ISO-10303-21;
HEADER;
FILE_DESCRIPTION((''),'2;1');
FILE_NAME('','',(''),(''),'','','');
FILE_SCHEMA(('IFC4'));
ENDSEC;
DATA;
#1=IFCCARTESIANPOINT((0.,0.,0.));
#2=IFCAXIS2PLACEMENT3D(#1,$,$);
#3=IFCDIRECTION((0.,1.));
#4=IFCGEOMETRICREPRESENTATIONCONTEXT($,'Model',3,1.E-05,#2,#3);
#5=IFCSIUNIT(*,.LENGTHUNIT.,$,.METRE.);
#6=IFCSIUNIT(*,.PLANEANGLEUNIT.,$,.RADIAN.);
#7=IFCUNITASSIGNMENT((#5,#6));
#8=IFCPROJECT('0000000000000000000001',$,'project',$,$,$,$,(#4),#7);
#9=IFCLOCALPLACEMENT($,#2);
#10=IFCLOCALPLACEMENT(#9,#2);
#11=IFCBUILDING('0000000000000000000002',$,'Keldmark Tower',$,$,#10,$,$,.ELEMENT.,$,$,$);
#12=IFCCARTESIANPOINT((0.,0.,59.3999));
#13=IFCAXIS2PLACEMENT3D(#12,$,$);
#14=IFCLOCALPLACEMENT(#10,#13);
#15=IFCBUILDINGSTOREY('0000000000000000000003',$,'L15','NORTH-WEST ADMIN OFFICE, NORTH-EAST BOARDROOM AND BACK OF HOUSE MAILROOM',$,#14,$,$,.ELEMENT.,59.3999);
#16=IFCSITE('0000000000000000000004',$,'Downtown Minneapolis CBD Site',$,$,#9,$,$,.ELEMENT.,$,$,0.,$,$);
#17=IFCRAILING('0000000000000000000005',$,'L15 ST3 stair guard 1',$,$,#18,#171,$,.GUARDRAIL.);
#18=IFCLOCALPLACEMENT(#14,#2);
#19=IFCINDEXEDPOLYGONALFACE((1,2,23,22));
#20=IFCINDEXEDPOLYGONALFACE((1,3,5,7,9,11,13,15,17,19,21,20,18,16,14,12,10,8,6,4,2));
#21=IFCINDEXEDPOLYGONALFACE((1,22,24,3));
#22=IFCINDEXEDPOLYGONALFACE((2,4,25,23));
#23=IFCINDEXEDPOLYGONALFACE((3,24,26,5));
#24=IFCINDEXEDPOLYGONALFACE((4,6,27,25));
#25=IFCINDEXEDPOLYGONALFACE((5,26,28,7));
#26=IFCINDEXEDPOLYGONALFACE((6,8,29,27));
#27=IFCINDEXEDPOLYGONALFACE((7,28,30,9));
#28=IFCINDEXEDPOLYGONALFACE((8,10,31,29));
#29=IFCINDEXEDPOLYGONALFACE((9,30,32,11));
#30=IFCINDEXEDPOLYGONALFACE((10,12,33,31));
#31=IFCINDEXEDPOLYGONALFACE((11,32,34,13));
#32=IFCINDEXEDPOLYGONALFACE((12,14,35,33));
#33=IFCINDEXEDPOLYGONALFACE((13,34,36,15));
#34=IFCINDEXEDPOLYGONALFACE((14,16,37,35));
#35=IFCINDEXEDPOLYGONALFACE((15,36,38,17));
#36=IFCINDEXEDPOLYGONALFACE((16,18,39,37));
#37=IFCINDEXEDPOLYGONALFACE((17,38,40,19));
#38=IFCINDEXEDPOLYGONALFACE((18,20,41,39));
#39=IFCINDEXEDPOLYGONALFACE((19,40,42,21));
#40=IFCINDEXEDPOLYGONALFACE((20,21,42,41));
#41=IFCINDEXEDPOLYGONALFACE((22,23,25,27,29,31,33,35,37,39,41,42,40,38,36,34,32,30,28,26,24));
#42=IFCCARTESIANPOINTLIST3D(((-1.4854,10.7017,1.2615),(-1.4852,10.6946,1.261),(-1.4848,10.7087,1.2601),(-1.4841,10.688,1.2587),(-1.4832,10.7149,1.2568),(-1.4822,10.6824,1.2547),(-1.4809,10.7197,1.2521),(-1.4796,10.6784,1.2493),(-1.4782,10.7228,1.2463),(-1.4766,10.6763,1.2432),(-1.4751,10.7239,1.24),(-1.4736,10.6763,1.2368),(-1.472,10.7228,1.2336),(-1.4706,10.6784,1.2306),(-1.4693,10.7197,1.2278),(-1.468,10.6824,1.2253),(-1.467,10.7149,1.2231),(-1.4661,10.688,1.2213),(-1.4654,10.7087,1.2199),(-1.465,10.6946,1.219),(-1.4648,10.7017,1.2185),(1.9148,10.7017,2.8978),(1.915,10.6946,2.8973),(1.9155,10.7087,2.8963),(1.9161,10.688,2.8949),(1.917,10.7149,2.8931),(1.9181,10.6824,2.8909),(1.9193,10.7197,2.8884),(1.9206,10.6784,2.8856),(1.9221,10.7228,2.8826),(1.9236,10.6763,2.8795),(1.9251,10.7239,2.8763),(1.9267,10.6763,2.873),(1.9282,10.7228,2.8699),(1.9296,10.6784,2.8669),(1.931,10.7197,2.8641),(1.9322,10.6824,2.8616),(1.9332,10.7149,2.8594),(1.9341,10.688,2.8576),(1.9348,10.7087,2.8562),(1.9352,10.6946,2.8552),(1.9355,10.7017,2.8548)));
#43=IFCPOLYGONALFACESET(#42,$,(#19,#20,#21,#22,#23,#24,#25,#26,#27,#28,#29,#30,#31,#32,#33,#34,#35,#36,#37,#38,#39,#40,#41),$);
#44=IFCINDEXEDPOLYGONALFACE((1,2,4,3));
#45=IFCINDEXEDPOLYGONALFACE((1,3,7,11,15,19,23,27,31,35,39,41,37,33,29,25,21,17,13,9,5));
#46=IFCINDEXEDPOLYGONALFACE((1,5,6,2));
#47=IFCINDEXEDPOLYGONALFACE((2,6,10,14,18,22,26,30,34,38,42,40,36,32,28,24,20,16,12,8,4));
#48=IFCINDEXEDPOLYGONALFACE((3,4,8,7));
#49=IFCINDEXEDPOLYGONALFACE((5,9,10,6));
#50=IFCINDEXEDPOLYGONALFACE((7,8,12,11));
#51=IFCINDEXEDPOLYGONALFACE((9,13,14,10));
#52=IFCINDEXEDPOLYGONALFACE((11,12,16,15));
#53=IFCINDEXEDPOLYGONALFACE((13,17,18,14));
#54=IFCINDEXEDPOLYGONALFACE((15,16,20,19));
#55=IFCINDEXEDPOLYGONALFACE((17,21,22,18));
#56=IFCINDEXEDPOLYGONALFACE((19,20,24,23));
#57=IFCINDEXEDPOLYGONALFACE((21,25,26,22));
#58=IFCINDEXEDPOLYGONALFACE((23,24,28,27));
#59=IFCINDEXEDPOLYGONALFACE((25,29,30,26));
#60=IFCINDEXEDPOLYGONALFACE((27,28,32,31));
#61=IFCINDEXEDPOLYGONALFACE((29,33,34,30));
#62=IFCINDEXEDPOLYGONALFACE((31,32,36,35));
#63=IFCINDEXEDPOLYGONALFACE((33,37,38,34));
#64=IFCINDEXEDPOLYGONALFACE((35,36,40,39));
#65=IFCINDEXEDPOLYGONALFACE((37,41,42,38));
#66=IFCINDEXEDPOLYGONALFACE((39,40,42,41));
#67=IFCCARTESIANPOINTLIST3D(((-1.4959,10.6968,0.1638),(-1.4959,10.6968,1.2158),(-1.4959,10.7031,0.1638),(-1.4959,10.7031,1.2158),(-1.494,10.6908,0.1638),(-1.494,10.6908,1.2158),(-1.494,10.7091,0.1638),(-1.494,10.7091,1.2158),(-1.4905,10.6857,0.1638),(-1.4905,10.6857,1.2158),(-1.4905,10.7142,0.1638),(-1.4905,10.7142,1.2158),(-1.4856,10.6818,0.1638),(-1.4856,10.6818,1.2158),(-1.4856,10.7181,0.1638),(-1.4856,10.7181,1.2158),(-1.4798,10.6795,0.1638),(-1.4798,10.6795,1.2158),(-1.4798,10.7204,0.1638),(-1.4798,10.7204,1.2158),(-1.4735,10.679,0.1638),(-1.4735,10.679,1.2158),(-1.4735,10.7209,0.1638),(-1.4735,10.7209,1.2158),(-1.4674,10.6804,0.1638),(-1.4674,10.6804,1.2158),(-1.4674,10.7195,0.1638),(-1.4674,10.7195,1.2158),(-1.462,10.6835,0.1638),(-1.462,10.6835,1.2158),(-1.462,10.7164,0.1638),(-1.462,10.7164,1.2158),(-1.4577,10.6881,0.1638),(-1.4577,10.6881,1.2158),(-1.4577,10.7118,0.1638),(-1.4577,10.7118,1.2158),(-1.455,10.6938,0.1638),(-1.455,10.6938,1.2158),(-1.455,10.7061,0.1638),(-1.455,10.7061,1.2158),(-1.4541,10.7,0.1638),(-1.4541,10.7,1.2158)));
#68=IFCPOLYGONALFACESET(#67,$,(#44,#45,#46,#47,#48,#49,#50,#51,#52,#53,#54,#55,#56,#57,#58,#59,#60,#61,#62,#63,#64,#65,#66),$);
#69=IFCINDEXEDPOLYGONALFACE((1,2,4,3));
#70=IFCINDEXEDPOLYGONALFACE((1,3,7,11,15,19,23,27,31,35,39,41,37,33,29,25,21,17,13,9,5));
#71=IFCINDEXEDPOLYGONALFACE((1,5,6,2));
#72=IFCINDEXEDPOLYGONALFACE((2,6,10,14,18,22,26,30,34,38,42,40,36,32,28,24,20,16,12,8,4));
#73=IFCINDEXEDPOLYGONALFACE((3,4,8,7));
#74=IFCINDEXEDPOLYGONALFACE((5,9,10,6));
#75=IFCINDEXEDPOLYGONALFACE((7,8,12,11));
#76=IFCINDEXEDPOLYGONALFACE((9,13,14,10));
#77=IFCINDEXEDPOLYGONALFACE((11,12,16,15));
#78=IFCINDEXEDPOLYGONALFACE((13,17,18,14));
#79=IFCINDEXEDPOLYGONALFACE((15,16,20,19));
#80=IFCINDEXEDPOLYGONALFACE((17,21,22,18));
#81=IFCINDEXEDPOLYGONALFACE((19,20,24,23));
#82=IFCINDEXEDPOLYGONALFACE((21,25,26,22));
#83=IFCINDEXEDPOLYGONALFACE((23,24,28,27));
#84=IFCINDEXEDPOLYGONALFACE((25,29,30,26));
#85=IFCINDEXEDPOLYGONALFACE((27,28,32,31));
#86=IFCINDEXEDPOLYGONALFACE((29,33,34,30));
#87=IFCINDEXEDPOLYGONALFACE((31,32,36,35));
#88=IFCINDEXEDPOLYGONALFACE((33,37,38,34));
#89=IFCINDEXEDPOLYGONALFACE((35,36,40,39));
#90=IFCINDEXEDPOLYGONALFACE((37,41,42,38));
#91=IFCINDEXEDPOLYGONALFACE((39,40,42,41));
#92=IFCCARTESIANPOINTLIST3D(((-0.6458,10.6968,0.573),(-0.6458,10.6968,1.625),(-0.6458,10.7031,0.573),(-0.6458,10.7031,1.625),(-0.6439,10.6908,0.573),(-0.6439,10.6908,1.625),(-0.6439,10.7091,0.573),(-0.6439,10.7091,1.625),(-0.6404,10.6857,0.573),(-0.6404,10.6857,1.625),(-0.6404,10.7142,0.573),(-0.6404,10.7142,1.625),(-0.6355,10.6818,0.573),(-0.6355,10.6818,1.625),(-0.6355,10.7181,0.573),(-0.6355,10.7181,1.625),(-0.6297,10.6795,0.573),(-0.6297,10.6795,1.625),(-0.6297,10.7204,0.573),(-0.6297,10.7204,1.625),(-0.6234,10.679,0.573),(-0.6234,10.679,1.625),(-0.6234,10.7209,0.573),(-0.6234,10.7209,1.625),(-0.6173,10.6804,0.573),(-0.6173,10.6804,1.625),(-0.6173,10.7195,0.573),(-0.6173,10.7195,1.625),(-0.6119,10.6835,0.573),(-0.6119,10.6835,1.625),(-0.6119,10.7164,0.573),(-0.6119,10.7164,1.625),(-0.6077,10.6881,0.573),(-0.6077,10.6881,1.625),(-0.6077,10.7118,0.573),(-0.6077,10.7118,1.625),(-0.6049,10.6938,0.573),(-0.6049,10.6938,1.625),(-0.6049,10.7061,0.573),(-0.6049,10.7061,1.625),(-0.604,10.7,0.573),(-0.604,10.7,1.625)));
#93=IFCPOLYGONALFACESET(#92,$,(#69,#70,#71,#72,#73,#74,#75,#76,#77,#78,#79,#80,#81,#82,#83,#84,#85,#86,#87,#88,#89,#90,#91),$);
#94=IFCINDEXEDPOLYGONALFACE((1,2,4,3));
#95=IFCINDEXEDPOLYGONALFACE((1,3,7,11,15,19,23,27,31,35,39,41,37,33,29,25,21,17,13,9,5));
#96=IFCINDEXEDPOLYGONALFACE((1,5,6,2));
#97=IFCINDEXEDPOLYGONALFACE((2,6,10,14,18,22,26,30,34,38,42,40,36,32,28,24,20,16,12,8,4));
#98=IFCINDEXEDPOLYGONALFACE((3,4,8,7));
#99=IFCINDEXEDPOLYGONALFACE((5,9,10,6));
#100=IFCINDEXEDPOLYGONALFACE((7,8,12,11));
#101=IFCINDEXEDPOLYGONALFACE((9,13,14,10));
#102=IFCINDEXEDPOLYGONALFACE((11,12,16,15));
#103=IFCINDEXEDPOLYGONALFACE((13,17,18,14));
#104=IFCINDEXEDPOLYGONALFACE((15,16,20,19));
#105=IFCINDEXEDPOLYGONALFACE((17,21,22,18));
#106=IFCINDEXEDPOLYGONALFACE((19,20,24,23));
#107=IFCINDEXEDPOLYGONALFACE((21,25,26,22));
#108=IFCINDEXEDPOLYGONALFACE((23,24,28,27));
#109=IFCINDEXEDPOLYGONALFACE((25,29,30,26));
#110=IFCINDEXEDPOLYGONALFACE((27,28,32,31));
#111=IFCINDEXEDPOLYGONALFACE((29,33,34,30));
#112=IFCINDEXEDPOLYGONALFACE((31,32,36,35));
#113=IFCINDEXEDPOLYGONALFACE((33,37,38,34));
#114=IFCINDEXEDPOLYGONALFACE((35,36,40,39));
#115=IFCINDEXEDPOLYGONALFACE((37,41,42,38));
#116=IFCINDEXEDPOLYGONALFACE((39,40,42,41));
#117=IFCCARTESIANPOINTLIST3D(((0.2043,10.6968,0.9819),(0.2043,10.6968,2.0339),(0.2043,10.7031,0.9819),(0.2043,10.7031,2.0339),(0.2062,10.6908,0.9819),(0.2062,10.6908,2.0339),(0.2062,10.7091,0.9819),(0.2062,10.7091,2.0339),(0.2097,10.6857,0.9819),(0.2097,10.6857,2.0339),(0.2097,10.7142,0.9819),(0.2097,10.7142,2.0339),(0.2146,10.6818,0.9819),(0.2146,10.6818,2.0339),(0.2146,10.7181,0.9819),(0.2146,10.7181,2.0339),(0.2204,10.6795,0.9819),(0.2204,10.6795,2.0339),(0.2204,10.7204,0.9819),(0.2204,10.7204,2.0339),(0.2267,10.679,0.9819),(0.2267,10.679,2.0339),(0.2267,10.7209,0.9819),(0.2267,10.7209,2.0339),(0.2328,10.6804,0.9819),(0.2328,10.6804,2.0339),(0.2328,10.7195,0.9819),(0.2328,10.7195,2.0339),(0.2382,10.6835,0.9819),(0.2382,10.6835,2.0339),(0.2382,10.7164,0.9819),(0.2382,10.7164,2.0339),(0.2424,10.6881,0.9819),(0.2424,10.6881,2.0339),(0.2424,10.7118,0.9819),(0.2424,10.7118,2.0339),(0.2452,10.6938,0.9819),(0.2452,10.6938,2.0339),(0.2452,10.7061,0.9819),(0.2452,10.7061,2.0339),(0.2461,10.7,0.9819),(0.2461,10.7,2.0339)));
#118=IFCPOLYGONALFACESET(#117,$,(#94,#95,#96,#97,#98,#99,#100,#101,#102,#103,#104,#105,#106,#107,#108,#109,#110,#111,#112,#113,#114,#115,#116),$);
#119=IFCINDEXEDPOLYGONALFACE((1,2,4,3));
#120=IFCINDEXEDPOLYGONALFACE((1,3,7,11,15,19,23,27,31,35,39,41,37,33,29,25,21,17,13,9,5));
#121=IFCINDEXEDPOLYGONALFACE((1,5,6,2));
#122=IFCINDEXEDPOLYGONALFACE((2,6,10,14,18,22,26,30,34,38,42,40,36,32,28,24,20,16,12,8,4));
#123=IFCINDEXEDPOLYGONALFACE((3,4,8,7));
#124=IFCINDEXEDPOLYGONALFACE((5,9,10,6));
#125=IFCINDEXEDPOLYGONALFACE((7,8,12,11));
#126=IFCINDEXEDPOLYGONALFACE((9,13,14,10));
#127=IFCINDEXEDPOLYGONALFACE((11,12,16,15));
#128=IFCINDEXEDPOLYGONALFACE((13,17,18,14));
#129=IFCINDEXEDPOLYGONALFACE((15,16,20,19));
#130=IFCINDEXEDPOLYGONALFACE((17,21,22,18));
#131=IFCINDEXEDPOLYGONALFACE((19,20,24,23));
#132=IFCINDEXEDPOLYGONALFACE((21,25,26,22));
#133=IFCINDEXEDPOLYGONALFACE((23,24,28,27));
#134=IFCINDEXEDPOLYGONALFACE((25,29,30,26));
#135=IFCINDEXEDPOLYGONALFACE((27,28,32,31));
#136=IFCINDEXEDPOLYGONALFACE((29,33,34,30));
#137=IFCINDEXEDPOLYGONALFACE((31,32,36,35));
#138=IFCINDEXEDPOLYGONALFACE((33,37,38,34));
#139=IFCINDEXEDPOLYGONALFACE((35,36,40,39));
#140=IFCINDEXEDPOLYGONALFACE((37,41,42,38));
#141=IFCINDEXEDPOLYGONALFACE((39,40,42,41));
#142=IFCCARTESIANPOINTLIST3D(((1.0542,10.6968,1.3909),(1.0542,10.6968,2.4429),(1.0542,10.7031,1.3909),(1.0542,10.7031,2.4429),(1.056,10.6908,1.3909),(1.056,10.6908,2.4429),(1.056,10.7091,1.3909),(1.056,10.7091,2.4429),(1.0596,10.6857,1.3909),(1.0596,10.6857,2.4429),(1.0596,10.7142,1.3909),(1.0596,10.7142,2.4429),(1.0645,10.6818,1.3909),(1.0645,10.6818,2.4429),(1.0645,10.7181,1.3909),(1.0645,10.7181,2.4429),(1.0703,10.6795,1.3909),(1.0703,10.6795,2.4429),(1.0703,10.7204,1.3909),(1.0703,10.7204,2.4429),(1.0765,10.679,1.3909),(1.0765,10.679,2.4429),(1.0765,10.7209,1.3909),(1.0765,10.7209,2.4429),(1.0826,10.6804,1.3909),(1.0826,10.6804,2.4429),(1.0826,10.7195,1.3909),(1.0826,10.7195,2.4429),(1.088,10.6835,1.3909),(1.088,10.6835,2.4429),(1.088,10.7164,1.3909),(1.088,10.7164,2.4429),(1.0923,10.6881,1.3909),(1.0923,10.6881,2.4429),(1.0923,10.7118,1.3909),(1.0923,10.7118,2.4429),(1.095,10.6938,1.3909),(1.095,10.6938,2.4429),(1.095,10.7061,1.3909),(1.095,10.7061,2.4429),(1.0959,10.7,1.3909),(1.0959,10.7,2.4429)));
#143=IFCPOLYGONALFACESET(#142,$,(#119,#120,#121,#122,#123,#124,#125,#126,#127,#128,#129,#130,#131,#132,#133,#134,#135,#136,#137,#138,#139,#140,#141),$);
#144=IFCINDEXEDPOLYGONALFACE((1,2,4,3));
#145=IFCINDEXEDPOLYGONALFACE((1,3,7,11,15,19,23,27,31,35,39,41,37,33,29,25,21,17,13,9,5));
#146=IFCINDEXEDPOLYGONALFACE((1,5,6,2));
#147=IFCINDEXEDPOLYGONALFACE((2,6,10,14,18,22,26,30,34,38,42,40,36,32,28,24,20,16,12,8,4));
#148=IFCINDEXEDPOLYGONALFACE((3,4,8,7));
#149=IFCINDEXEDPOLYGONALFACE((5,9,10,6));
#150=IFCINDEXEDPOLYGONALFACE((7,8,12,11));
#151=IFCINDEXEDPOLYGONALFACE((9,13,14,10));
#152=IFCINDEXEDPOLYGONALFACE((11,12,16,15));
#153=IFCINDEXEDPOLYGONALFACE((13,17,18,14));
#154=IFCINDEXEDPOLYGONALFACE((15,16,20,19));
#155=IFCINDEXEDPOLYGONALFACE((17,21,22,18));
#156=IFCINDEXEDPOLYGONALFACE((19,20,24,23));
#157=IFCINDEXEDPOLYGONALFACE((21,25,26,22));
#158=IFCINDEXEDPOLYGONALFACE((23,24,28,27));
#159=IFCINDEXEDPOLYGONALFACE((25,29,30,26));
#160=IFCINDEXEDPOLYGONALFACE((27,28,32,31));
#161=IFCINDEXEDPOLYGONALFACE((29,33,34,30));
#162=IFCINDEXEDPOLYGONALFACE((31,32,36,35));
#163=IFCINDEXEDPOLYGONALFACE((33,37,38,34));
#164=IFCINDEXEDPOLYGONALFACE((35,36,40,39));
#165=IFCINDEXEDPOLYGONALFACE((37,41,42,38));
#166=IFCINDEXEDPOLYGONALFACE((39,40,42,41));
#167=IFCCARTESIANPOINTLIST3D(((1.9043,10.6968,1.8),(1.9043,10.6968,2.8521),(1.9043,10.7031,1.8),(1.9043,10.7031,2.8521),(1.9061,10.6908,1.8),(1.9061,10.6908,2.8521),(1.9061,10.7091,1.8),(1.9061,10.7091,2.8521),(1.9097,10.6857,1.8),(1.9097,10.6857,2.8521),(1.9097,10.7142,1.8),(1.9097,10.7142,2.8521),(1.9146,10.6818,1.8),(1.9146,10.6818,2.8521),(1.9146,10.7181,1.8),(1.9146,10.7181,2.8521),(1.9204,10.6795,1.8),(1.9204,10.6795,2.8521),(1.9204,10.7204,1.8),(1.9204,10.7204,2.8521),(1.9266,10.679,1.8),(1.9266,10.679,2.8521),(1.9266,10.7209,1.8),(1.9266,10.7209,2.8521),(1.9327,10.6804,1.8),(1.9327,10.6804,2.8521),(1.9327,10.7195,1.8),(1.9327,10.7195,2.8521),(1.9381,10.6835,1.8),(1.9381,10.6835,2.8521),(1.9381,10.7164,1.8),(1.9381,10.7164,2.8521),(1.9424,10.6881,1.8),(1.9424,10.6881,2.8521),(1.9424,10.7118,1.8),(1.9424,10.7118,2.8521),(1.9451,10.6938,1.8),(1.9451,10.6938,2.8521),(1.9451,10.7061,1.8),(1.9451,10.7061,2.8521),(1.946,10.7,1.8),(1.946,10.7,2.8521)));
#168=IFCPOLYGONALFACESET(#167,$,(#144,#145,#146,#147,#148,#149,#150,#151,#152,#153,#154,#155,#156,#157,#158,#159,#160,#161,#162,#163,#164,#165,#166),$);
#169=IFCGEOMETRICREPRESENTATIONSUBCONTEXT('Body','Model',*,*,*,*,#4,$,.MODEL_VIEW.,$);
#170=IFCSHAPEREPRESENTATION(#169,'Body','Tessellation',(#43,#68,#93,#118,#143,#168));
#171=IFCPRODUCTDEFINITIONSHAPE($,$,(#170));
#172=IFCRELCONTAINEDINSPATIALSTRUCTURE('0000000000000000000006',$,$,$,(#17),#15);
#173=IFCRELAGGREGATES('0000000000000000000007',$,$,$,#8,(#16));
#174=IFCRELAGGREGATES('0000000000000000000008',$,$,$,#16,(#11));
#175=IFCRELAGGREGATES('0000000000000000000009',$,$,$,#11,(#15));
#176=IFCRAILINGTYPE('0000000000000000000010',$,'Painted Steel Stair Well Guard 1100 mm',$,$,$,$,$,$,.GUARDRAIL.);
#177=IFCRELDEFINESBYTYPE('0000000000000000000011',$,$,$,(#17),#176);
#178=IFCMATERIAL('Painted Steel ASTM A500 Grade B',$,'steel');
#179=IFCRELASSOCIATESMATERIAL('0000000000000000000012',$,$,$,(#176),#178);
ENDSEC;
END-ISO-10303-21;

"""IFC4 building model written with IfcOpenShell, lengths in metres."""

from ifc_helpers import new_model, si_unit, direction, frame, origin, origin_2d, place, context, subcontext, project, spatial, circle, extrude, material, type_object, element, save


model = new_model("IFC4")

# Units and contexts
model_context = context("Model", 3, precision=1e-05, world=origin(), true_north=direction((0.0, 1.0)))
body_context = subcontext(model_context, "Body", "Model", "MODEL_VIEW")
ifc_project = project(units=[si_unit("LENGTHUNIT", "METRE"), si_unit("PLANEANGLEUNIT", "RADIAN")], contexts=[model_context])

# Site, building, storey
site_placement = place(None, origin())
site = spatial("IfcSite", under=ifc_project, at=site_placement, Name="Downtown Minneapolis CBD Site", CompositionType="ELEMENT", RefElevation=0.0)
building_placement = place(site_placement, origin())
building = spatial("IfcBuilding", under=site, at=building_placement, Name="Keldmark Tower", CompositionType="ELEMENT")
storey_placement = place(building_placement, frame((0.0, 0.0, 59.3999)))
storey = spatial("IfcBuildingStorey", under=building, at=storey_placement, Name="L15", Description="NORTH-WEST ADMIN OFFICE, NORTH-EAST BOARDROOM AND BACK OF HOUSE MAILROOM", CompositionType="ELEMENT", Elevation=59.3999)

# Railing
ifc_material_1 = material(Name="Painted Steel ASTM A500 Grade B", Category="steel")
railing_type = type_object("IfcRailingType", Name="Painted Steel Stair Well Guard 1100 mm", PredefinedType="GUARDRAIL", material=ifc_material_1)
railing_1_placement = place(storey_placement, frame((-1.4751, 10.7, 0.1638)))
element("IfcRailing", 1, at=railing_1_placement, inside=storey, type_object=railing_type, Name="L15 ST3 stair guard 1", PredefinedType="GUARDRAIL", context=body_context, shape_type="SweptSolid", body=[
    extrude(circle(Radius=0.0239, at=origin_2d()), frame((0.0, 0.0, 1.0762), z_axis=(0.901093, 0.0, 0.433627), x_axis=(0.0, 1.0, 0.0)), (0.0, 0.0, 1.0), 3.7734),
    extrude(circle(Radius=0.021, at=origin_2d()), origin(), (0.0, 0.0, 1.0), 1.052),
    extrude(circle(Radius=0.021, at=origin_2d()), frame((0.8501, 0.0, 0.4092)), (0.0, 0.0, 1.0), 1.052),
    extrude(circle(Radius=0.021, at=origin_2d()), frame((1.7002, 0.0, 0.8181)), (0.0, 0.0, 1.0), 1.052),
    extrude(circle(Radius=0.021, at=origin_2d()), frame((2.55, 0.0, 1.2271)), (0.0, 0.0, 1.0), 1.052),
    extrude(circle(Radius=0.021, at=origin_2d()), frame((3.4001, 0.0, 1.6362)), (0.0, 0.0, 1.0), 1.052),
])

save(model, "model.ifc")
